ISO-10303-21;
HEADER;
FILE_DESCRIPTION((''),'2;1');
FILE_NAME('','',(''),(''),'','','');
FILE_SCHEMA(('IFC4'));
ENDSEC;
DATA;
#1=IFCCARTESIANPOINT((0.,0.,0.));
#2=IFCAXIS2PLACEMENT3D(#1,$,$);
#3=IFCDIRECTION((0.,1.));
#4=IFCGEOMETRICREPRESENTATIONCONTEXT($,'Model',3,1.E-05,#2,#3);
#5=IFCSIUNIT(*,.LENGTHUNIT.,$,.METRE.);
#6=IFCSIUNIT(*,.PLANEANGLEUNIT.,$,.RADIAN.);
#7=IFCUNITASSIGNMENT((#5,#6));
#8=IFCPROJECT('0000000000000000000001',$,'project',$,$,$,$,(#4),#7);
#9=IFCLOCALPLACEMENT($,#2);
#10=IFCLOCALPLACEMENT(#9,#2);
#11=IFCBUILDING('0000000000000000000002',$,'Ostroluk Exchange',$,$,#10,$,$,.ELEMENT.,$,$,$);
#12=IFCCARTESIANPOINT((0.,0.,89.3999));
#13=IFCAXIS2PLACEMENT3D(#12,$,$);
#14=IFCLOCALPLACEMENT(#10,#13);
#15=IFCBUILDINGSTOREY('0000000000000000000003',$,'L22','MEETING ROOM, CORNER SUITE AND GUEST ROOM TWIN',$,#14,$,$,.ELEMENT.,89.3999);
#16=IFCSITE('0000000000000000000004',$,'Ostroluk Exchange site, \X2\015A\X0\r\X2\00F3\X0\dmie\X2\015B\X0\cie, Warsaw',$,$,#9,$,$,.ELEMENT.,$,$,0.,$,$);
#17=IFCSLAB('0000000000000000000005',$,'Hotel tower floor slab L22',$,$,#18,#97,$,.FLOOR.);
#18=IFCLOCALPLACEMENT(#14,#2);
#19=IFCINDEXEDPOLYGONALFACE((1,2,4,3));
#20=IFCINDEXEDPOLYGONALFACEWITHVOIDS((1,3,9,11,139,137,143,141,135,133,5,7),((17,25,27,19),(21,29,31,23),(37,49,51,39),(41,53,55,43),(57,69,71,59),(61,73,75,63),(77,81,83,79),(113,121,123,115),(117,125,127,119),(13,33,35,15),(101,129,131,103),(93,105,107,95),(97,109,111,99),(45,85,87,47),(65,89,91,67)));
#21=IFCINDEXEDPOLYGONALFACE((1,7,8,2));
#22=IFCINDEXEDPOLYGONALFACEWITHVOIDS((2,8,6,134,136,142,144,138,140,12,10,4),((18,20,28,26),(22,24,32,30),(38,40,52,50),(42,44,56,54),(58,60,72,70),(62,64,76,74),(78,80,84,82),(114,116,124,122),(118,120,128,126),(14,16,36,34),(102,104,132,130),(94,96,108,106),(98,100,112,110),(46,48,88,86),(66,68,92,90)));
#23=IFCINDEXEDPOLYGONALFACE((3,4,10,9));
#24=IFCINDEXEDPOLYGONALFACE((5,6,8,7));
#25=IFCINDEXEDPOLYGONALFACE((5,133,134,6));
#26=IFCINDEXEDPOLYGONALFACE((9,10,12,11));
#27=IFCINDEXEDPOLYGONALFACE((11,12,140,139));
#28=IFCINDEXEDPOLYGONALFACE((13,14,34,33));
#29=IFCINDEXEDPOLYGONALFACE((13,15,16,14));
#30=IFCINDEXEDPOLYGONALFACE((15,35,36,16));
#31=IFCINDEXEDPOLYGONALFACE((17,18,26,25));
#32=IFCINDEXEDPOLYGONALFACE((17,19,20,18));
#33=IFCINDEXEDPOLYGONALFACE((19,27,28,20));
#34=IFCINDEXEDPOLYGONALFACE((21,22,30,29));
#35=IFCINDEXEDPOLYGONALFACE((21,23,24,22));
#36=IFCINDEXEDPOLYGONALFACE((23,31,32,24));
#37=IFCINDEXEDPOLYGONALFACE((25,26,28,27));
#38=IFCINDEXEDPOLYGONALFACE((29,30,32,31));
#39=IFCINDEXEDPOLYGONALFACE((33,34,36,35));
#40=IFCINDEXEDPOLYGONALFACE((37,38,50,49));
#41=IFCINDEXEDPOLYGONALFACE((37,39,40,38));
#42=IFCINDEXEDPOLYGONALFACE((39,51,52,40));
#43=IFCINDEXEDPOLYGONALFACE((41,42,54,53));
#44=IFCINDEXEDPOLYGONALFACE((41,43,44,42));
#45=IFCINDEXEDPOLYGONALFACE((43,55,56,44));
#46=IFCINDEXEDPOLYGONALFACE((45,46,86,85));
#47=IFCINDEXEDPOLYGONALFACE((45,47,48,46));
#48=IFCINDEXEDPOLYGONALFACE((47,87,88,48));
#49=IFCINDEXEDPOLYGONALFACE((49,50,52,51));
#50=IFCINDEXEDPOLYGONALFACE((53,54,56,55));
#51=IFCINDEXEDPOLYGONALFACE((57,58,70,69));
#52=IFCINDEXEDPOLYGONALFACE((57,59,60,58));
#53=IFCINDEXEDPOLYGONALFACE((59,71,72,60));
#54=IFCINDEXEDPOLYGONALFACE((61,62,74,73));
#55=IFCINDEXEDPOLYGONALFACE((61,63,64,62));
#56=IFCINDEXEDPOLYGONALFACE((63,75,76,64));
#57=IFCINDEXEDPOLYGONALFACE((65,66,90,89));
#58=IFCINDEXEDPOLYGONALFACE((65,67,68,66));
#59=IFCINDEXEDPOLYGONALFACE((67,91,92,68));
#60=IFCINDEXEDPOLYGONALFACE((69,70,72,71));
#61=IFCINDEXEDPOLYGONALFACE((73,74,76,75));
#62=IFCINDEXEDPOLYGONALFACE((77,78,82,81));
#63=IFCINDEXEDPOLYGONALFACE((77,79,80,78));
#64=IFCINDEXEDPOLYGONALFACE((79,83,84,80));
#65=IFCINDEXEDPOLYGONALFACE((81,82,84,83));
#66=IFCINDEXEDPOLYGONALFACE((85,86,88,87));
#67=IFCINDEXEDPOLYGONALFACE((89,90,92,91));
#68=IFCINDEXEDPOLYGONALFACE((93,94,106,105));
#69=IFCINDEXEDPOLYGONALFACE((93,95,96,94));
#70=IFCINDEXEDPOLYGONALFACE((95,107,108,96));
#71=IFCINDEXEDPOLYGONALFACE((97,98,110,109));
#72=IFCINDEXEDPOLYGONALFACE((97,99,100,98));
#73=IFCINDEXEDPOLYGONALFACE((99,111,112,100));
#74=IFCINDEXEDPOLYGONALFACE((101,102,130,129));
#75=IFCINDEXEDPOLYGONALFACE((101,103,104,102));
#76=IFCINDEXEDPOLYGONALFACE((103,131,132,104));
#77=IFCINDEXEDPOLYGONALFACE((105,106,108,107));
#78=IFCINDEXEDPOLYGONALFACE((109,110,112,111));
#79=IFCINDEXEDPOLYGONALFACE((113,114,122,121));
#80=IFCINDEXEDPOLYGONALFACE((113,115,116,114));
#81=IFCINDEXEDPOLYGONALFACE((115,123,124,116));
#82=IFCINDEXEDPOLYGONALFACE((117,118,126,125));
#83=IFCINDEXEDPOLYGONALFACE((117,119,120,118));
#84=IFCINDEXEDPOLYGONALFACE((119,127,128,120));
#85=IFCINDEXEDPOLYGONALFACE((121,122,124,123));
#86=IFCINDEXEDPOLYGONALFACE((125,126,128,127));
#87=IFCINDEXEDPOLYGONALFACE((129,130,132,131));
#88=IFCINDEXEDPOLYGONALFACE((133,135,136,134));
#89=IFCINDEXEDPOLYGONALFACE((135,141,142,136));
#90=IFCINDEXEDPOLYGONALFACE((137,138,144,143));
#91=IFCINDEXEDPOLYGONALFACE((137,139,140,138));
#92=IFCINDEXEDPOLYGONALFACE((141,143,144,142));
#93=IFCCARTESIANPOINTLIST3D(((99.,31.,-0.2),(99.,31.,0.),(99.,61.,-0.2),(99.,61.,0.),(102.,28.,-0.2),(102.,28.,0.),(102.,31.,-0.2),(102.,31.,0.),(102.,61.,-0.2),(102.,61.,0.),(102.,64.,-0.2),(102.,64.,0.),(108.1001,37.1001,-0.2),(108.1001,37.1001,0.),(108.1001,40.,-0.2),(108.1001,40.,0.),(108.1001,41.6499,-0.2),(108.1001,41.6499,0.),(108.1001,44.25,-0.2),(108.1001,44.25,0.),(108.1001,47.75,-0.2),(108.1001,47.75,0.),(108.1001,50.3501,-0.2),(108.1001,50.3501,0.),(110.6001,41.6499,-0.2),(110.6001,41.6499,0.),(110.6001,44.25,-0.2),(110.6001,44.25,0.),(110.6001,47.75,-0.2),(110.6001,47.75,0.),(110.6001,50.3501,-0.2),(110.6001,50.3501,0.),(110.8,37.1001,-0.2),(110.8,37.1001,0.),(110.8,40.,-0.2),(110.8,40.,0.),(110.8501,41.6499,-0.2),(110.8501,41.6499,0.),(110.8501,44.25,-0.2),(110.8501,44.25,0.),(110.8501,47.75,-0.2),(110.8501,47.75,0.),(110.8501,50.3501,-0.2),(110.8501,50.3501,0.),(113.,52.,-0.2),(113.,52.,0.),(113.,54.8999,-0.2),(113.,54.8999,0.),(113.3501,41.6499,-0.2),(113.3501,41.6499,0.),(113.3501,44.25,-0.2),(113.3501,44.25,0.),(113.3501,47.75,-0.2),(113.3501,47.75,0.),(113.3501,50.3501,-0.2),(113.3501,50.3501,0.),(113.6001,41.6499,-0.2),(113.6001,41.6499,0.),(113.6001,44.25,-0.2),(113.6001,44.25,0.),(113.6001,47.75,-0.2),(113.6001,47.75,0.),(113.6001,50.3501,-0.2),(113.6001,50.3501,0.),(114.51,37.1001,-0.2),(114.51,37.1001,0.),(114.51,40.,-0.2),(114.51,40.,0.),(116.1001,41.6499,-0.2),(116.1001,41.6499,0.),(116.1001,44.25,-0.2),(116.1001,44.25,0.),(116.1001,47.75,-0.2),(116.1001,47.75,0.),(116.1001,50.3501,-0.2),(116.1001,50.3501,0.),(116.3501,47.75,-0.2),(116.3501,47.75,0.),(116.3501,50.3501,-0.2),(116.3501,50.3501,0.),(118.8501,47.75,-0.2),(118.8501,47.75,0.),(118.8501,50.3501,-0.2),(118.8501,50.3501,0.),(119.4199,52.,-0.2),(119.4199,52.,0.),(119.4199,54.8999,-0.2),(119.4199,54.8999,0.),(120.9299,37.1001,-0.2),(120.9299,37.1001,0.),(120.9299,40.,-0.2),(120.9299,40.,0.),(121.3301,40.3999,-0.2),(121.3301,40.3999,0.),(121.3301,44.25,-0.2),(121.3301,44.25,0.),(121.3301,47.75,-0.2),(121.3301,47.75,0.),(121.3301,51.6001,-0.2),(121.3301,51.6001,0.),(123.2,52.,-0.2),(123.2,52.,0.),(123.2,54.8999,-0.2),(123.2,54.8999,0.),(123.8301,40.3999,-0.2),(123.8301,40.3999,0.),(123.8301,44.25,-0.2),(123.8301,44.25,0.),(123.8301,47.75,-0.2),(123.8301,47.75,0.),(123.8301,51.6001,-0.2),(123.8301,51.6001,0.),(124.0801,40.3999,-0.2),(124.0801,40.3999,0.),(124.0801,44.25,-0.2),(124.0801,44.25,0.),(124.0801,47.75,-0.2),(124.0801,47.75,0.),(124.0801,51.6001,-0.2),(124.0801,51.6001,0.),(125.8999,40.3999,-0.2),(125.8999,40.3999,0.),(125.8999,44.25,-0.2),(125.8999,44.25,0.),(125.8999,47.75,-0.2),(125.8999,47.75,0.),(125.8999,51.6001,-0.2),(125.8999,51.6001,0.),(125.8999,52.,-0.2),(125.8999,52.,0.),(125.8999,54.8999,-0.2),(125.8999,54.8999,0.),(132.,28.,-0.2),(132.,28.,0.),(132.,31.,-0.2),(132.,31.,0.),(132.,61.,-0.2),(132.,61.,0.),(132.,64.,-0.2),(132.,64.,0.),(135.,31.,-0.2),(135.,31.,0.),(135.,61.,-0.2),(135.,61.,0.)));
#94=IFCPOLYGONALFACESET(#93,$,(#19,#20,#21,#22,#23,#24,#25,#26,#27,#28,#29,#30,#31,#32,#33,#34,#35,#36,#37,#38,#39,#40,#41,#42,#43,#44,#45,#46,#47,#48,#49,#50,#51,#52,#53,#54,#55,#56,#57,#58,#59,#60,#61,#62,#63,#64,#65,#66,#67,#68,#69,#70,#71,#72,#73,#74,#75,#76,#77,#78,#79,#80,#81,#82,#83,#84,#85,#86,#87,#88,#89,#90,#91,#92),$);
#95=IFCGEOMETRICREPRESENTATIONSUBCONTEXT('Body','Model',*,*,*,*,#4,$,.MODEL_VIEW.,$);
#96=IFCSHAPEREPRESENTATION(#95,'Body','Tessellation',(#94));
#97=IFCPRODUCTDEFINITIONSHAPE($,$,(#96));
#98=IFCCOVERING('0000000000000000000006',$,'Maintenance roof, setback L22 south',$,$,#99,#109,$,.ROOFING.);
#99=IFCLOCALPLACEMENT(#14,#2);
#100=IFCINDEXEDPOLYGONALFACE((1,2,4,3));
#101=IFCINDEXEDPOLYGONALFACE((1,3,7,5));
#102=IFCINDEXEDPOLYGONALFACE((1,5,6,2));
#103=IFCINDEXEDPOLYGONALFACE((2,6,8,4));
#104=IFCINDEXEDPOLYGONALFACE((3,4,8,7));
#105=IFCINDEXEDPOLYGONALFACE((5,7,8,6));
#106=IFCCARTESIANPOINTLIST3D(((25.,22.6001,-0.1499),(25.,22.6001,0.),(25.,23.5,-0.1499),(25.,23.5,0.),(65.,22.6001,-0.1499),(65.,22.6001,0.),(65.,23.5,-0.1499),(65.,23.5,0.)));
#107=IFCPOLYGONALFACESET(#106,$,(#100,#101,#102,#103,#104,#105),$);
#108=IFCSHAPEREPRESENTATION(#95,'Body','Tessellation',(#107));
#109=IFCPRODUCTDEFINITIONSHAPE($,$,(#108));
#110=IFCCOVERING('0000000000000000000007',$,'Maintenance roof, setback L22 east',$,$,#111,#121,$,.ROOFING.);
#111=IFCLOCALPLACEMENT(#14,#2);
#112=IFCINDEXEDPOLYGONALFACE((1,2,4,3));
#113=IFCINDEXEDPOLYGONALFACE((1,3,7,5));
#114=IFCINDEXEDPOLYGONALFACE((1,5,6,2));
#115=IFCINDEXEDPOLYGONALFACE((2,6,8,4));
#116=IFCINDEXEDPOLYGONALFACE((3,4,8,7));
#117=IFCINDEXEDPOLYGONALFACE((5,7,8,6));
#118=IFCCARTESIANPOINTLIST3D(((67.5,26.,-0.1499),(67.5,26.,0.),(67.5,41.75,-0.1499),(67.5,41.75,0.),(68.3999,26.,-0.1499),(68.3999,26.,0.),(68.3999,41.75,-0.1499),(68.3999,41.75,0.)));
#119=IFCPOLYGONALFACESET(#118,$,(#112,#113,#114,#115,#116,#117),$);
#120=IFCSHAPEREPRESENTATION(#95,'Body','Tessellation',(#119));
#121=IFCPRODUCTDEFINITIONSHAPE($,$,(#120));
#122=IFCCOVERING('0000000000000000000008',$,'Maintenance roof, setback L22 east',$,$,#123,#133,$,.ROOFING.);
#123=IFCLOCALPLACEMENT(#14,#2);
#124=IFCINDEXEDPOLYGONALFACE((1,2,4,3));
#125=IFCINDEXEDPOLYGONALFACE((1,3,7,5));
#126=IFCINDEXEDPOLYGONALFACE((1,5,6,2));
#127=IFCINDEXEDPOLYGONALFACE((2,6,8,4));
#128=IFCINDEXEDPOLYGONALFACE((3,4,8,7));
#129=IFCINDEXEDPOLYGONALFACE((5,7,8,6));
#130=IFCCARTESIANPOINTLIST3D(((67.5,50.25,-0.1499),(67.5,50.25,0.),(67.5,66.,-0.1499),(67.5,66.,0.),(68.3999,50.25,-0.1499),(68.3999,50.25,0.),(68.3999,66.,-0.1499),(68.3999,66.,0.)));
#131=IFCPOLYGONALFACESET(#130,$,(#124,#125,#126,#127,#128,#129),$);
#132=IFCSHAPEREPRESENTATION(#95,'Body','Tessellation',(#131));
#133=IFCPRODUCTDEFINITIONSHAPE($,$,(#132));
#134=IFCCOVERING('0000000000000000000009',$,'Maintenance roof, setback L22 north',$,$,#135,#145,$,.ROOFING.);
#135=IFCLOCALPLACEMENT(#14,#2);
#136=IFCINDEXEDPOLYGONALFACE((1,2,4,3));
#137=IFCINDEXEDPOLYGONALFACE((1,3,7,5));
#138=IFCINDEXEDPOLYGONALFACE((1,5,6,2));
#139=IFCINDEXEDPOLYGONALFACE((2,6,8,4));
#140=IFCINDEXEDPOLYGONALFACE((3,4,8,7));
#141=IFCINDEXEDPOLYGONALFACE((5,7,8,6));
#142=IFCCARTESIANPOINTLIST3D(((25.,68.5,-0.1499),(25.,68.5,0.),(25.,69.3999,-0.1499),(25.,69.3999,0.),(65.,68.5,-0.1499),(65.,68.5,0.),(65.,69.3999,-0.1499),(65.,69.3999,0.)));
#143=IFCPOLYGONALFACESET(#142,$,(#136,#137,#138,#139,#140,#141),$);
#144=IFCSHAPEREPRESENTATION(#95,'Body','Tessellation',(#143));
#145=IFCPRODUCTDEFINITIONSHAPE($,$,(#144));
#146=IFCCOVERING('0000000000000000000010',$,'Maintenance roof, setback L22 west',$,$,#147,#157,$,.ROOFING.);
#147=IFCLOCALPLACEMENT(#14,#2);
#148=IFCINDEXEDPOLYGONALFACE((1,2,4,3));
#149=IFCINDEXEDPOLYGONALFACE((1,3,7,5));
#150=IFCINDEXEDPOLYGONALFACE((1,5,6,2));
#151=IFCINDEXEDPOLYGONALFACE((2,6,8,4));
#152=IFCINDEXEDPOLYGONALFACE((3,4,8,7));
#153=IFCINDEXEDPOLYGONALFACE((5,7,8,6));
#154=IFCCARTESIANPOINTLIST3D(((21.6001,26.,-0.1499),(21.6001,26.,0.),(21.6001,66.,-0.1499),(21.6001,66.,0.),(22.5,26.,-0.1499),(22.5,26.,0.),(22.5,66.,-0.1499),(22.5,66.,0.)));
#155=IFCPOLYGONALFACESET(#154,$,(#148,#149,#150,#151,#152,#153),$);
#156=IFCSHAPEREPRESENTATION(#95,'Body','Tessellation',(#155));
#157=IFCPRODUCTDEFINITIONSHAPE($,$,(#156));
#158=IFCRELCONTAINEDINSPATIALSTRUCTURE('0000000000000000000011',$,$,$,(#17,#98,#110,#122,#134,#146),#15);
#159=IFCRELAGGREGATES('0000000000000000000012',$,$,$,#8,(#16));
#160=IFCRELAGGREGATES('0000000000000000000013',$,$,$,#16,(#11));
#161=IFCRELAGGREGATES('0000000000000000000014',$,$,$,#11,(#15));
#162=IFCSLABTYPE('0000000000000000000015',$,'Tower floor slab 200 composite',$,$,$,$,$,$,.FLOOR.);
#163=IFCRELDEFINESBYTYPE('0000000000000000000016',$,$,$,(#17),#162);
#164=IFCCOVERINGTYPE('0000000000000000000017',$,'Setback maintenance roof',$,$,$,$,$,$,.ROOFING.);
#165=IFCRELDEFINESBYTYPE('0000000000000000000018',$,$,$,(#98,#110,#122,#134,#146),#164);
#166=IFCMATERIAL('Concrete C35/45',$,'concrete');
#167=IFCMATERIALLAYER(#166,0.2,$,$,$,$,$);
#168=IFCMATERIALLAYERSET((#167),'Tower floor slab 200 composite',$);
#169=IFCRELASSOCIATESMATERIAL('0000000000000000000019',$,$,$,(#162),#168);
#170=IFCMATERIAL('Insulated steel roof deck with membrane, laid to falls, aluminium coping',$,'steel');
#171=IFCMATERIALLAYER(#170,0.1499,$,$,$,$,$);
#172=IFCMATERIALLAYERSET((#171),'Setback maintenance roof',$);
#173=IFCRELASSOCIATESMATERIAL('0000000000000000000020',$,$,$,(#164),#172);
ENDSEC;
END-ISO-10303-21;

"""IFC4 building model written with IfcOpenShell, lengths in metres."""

from ifc_helpers import new_model, si_unit, direction, frame, origin, place, context, subcontext, project, spatial, polyline, outline, extrude, material, layer, layer_set, type_object, element, save


model = new_model("IFC4")

# Units and contexts
model_context = context("Model", 3, precision=1e-05, world=origin(), true_north=direction((0.0, 1.0)))
body_context = subcontext(model_context, "Body", "Model", "MODEL_VIEW")
ifc_project = project(units=[si_unit("LENGTHUNIT", "METRE"), si_unit("PLANEANGLEUNIT", "RADIAN")], contexts=[model_context])

# Site, building, storey
site_placement = place(None, origin())
site = spatial("IfcSite", under=ifc_project, at=site_placement, Name="Ostroluk Exchange site, Śródmieście, Warsaw", CompositionType="ELEMENT", RefElevation=0.0)
building_placement = place(site_placement, origin())
building = spatial("IfcBuilding", under=site, at=building_placement, Name="Ostroluk Exchange", CompositionType="ELEMENT")
storey_placement = place(building_placement, frame((0.0, 0.0, 89.3999)))
storey = spatial("IfcBuildingStorey", under=building, at=storey_placement, Name="L22", Description="MEETING ROOM, CORNER SUITE AND GUEST ROOM TWIN", CompositionType="ELEMENT", Elevation=89.3999)

# Slab
ifc_material_1 = material(Name="Concrete C35/45", Category="concrete")
ifc_layer_1 = layer(ifc_material_1, 0.2)
ifc_layer_set_1 = layer_set([ifc_layer_1], Name="Tower floor slab 200 composite")
slab_type_1 = type_object("IfcSlabType", Name="Tower floor slab 200 composite", PredefinedType="FLOOR", material=ifc_layer_set_1)
slab_1_placement = place(storey_placement, frame((0.0, 0.0, -0.2)))
element("IfcSlab", 1, at=slab_1_placement, inside=storey, type_object=slab_type_1, Name="Hotel tower floor slab L22", PredefinedType="FLOOR", context=body_context, shape_type="SweptSolid", body=[
    extrude(outline(polyline([(102.0, 28.0), (132.0, 28.0), (132.0, 31.0), (135.0, 31.0), (135.0, 61.0), (132.0, 61.0), (132.0, 64.0), (102.0, 64.0), (102.0, 61.0), (99.0, 61.0), (99.0, 31.0), (102.0, 31.0), (102.0, 28.0)]), holes=[polyline([(108.1001, 37.1001), (110.8, 37.1001), (110.8, 40.0), (108.1001, 40.0), (108.1001, 37.1001)]), polyline([(114.51, 37.1001), (120.9299, 37.1001), (120.9299, 40.0), (114.51, 40.0), (114.51, 37.1001)]), polyline([(113.0, 52.0), (119.4199, 52.0), (119.4199, 54.8999), (113.0, 54.8999), (113.0, 52.0)]), polyline([(123.2, 52.0), (125.8999, 52.0), (125.8999, 54.8999), (123.2, 54.8999), (123.2, 52.0)]), polyline([(108.1001, 47.75), (110.6001, 47.75), (110.6001, 50.3501), (108.1001, 50.3501), (108.1001, 47.75)]), polyline([(110.8501, 47.75), (113.3501, 47.75), (113.3501, 50.3501), (110.8501, 50.3501), (110.8501, 47.75)]), polyline([(113.6001, 47.75), (116.1001, 47.75), (116.1001, 50.3501), (113.6001, 50.3501), (113.6001, 47.75)]), polyline([(116.3501, 47.75), (118.8501, 47.75), (118.8501, 50.3501), (116.3501, 50.3501), (116.3501, 47.75)]), polyline([(108.1001, 41.6499), (110.6001, 41.6499), (110.6001, 44.25), (108.1001, 44.25), (108.1001, 41.6499)]), polyline([(110.8501, 41.6499), (113.3501, 41.6499), (113.3501, 44.25), (110.8501, 44.25), (110.8501, 41.6499)]), polyline([(113.6001, 41.6499), (116.1001, 41.6499), (116.1001, 44.25), (113.6001, 44.25), (113.6001, 41.6499)]), polyline([(121.3301, 47.75), (123.8301, 47.75), (123.8301, 51.6001), (121.3301, 51.6001), (121.3301, 47.75)]), polyline([(121.3301, 40.3999), (123.8301, 40.3999), (123.8301, 44.25), (121.3301, 44.25), (121.3301, 40.3999)]), polyline([(124.0801, 47.75), (125.8999, 47.75), (125.8999, 51.6001), (124.0801, 51.6001), (124.0801, 47.75)]), polyline([(124.0801, 40.3999), (125.8999, 40.3999), (125.8999, 44.25), (124.0801, 44.25), (124.0801, 40.3999)])]), origin(), (0.0, 0.0, 1.0), 0.2),
])

# Coverings
ifc_material_2 = material(Name="Insulated steel roof deck with membrane, laid to falls, aluminium coping", Category="steel")
ifc_layer_2 = layer(ifc_material_2, 0.1499)
ifc_layer_set_2 = layer_set([ifc_layer_2], Name="Setback maintenance roof")
covering_type = type_object("IfcCoveringType", Name="Setback maintenance roof", PredefinedType="ROOFING", material=ifc_layer_set_2)
covering_1_placement = place(storey_placement, frame((0.0, 0.0, -0.1499)))
element("IfcCovering", 2, at=covering_1_placement, inside=storey, type_object=covering_type, Name="Maintenance roof, setback L22 south", PredefinedType="ROOFING", context=body_context, shape_type="SweptSolid", body=[
    extrude(outline(polyline([(25.0, 23.5), (65.0, 23.5), (65.0, 22.6001), (25.0, 22.6001), (25.0, 23.5)])), origin(), (0.0, 0.0, 1.0), 0.1499),
])
covering_2_placement = place(storey_placement, frame((0.0, 0.0, -0.1499)))
element("IfcCovering", 3, at=covering_2_placement, inside=storey, type_object=covering_type, Name="Maintenance roof, setback L22 east", PredefinedType="ROOFING", context=body_context, shape_type="SweptSolid", body=[
    extrude(outline(polyline([(67.5, 41.75), (68.3999, 41.75), (68.3999, 26.0), (67.5, 26.0), (67.5, 41.75)])), origin(), (0.0, 0.0, 1.0), 0.1499),
])
covering_3_placement = place(storey_placement, frame((0.0, 0.0, -0.1499)))
element("IfcCovering", 4, at=covering_3_placement, inside=storey, type_object=covering_type, Name="Maintenance roof, setback L22 east", PredefinedType="ROOFING", context=body_context, shape_type="SweptSolid", body=[
    extrude(outline(polyline([(67.5, 66.0), (68.3999, 66.0), (68.3999, 50.25), (67.5, 50.25), (67.5, 66.0)])), origin(), (0.0, 0.0, 1.0), 0.1499),
])
covering_4_placement = place(storey_placement, frame((0.0, 0.0, -0.1499)))
element("IfcCovering", 5, at=covering_4_placement, inside=storey, type_object=covering_type, Name="Maintenance roof, setback L22 north", PredefinedType="ROOFING", context=body_context, shape_type="SweptSolid", body=[
    extrude(outline(polyline([(25.0, 69.3999), (65.0, 69.3999), (65.0, 68.5), (25.0, 68.5), (25.0, 69.3999)])), origin(), (0.0, 0.0, 1.0), 0.1499),
])
covering_5_placement = place(storey_placement, frame((0.0, 0.0, -0.1499)))
element("IfcCovering", 6, at=covering_5_placement, inside=storey, type_object=covering_type, Name="Maintenance roof, setback L22 west", PredefinedType="ROOFING", context=body_context, shape_type="SweptSolid", body=[
    extrude(outline(polyline([(21.6001, 66.0), (22.5, 66.0), (22.5, 26.0), (21.6001, 26.0), (21.6001, 66.0)])), origin(), (0.0, 0.0, 1.0), 0.1499),
])

save(model, "model.ifc")
